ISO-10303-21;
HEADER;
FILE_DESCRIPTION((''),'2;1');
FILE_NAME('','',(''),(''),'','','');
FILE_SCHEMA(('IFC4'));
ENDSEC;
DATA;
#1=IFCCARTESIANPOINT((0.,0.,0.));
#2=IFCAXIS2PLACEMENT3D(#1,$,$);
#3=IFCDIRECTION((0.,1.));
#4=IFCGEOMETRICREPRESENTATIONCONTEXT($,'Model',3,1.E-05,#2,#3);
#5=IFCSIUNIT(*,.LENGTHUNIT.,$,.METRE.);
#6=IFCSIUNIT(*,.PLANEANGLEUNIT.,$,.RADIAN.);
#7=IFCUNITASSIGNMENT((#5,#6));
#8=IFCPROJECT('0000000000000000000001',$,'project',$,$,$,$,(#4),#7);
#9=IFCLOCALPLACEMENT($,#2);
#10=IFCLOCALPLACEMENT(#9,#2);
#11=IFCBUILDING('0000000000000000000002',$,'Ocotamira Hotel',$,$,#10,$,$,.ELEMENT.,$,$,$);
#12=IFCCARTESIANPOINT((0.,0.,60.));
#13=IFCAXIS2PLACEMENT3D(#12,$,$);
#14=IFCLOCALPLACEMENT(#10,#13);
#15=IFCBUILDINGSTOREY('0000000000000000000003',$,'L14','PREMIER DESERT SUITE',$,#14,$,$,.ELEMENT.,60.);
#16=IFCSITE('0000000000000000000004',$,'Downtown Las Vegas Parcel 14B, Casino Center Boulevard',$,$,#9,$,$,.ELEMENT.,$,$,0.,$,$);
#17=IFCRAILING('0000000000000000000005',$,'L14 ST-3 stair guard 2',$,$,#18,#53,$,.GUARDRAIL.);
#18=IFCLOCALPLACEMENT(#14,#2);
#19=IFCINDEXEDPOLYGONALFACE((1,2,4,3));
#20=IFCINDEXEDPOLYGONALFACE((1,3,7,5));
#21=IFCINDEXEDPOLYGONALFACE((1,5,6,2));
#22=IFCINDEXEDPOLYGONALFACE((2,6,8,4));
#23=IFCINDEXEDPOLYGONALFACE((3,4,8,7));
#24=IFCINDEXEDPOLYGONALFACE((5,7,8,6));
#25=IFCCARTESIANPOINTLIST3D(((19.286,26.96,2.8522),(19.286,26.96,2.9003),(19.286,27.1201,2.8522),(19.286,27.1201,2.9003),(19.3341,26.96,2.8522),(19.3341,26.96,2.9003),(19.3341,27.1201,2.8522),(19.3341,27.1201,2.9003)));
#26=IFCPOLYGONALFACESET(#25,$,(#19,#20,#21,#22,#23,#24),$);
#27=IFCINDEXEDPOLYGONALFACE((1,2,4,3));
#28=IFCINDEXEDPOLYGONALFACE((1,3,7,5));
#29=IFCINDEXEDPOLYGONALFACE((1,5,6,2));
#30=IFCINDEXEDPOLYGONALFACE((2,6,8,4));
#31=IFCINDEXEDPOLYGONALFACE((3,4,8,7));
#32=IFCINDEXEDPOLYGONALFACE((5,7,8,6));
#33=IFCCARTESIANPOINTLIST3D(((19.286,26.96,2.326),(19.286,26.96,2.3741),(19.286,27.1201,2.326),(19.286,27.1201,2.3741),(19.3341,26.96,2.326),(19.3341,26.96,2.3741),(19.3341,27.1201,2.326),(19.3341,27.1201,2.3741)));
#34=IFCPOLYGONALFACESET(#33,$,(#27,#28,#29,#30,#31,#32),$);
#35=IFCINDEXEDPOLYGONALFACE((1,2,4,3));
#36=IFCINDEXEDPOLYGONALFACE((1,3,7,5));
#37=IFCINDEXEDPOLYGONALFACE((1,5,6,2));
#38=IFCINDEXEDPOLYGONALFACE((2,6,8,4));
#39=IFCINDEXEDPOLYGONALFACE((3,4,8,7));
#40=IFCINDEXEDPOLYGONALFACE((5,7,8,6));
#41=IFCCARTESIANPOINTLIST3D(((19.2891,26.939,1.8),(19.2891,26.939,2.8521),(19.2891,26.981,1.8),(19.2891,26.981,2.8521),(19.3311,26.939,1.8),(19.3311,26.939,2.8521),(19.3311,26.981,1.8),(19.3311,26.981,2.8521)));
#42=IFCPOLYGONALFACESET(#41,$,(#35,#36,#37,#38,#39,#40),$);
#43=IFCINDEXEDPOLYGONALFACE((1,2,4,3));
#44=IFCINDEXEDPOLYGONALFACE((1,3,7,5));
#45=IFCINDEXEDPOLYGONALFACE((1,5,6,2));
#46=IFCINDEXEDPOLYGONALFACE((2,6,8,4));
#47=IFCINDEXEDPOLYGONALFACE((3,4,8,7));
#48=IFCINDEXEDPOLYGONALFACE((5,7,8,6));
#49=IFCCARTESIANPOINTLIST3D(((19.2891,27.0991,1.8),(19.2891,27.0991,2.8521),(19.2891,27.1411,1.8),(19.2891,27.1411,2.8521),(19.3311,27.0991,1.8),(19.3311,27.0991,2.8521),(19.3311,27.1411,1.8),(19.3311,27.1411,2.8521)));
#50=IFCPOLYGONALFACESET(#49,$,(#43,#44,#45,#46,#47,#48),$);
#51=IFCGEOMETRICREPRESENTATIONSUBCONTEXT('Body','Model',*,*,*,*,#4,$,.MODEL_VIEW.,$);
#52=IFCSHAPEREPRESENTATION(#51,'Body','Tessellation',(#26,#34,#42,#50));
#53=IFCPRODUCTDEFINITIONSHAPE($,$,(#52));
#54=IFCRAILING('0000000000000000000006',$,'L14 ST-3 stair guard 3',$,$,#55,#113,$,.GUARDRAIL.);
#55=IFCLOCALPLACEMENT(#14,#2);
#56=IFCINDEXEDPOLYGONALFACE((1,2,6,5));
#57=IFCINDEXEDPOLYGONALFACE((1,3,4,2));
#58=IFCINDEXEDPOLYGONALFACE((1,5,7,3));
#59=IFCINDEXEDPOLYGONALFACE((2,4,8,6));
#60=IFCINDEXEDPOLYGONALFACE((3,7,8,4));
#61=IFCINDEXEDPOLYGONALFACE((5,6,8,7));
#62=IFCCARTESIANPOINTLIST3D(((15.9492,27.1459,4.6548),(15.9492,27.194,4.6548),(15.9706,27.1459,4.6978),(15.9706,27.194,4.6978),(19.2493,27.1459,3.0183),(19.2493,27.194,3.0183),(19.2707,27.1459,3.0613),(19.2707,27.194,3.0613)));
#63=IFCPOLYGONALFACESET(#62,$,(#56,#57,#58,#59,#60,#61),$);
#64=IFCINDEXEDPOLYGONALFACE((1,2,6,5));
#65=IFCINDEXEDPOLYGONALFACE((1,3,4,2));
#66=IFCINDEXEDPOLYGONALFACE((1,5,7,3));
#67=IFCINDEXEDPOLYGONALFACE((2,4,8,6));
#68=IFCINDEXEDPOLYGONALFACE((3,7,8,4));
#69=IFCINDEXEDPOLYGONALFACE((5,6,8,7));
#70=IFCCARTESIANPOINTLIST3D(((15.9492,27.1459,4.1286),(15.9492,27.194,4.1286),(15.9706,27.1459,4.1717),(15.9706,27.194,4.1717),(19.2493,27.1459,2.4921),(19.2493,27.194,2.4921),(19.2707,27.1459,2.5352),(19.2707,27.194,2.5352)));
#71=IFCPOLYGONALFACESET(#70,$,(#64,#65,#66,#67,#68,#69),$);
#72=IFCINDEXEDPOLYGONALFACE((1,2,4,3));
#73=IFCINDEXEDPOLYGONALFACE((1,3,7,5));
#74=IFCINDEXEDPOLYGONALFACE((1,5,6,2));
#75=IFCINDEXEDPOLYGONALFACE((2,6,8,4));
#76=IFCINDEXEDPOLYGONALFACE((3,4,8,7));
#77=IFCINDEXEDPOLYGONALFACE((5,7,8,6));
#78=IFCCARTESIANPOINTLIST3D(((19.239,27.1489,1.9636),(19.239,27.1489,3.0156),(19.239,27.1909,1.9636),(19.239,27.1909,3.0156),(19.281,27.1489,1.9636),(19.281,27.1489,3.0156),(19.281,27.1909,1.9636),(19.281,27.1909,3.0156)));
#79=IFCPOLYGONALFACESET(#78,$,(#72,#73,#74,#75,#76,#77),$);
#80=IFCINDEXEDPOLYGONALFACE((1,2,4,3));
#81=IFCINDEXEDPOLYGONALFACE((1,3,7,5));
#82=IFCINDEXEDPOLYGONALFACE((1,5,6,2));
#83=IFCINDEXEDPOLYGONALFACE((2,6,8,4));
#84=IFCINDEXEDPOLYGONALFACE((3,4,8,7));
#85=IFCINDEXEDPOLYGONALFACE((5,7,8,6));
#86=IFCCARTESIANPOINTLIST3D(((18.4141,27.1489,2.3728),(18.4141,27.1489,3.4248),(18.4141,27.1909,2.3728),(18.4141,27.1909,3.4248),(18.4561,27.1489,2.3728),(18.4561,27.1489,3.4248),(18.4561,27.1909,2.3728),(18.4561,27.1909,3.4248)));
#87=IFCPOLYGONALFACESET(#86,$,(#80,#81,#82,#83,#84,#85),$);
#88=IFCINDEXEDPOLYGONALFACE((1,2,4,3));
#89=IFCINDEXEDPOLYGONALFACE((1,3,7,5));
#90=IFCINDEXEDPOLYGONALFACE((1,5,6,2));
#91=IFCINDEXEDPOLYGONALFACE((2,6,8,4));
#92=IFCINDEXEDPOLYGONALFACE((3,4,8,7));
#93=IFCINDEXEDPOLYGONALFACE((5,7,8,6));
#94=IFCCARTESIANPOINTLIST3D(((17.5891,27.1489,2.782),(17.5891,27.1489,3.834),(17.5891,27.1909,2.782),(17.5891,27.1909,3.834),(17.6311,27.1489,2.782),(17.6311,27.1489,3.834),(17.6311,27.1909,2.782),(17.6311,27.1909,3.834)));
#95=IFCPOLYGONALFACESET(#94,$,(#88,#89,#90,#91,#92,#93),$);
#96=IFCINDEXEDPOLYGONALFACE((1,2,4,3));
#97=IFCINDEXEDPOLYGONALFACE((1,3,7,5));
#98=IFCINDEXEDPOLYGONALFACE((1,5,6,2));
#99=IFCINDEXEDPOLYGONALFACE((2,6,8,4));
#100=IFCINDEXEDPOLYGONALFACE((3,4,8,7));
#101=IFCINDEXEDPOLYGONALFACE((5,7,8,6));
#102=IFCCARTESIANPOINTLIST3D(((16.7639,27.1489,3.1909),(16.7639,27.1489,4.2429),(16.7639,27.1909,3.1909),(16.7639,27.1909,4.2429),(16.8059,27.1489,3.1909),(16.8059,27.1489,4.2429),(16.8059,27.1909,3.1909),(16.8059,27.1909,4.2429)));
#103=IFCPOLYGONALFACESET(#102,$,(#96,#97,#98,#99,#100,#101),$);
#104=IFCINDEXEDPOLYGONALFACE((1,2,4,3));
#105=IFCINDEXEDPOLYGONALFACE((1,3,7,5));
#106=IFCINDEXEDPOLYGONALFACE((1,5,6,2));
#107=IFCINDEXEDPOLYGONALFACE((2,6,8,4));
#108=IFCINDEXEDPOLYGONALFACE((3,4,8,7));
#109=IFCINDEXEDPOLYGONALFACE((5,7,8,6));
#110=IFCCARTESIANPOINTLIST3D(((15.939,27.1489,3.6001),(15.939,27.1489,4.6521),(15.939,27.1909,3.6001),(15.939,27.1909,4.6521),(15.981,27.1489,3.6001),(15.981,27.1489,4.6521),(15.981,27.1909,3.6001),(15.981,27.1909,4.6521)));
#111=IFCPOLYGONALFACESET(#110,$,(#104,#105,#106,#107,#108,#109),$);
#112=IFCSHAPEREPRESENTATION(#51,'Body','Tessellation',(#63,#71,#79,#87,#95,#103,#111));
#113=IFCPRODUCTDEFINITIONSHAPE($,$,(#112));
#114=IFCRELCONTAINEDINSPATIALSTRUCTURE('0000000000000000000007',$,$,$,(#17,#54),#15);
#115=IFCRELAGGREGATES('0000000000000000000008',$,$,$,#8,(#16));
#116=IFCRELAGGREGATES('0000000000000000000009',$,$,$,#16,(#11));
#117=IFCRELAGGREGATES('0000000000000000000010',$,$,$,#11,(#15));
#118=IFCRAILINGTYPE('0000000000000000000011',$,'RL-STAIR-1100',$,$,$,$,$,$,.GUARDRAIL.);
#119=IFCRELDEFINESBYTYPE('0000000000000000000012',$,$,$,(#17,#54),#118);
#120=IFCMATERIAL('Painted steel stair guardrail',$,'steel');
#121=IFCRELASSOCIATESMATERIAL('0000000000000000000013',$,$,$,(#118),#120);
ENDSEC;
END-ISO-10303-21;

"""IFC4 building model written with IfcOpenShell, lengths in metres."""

from ifc_helpers import new_model, si_unit, direction, frame, origin, origin_2d, place, context, subcontext, project, spatial, rectangle, extrude, material, type_object, element, save


model = new_model("IFC4")

# Units and contexts
model_context = context("Model", 3, precision=1e-05, world=origin(), true_north=direction((0.0, 1.0)))
body_context = subcontext(model_context, "Body", "Model", "MODEL_VIEW")
ifc_project = project(units=[si_unit("LENGTHUNIT", "METRE"), si_unit("PLANEANGLEUNIT", "RADIAN")], contexts=[model_context])

# Site, building, storey
site_placement = place(None, origin())
site = spatial("IfcSite", under=ifc_project, at=site_placement, Name="Downtown Las Vegas Parcel 14B, Casino Center Boulevard", CompositionType="ELEMENT", RefElevation=0.0)
building_placement = place(site_placement, origin())
building = spatial("IfcBuilding", under=site, at=building_placement, Name="Ocotamira Hotel", CompositionType="ELEMENT")
storey_placement = place(building_placement, frame((0.0, 0.0, 60.0)))
storey = spatial("IfcBuildingStorey", under=building, at=storey_placement, Name="L14", Description="PREMIER DESERT SUITE", CompositionType="ELEMENT", Elevation=60.0)

# Railings
ifc_material_1 = material(Name="Painted steel stair guardrail", Category="steel")
railing_type_1 = type_object("IfcRailingType", Name="RL-STAIR-1100", PredefinedType="GUARDRAIL", material=ifc_material_1)
railing_1_placement = place(storey_placement, frame((19.3101, 26.96, 1.8)))
element("IfcRailing", 1, at=railing_1_placement, inside=storey, type_object=railing_type_1, Name="L14 ST-3 stair guard 2", PredefinedType="GUARDRAIL", context=body_context, shape_type="SweptSolid", body=[
    extrude(rectangle(XDim=0.0481, YDim=0.0481, at=origin_2d()), frame((0.0, 0.0, 1.0762), z_axis=(0.0, 1.0, 0.0), x_axis=(-1.0, 0.0, 0.0)), (0.0, 0.0, 1.0), 0.1602),
    extrude(rectangle(XDim=0.0481, YDim=0.0481, at=origin_2d()), frame((0.0, 0.0, 0.55), z_axis=(0.0, 1.0, 0.0), x_axis=(-1.0, 0.0, 0.0)), (0.0, 0.0, 1.0), 0.1602),
    extrude(rectangle(XDim=0.042, YDim=0.042, at=origin_2d()), origin(), (0.0, 0.0, 1.0), 1.052),
    extrude(rectangle(XDim=0.042, YDim=0.042, at=origin_2d()), frame((0.0, 0.1602, 0.0)), (0.0, 0.0, 1.0), 1.052),
])
railing_2_placement = place(storey_placement, frame((19.26, 27.1699, 1.9636)))
element("IfcRailing", 2, at=railing_2_placement, inside=storey, type_object=railing_type_1, Name="L14 ST-3 stair guard 3", PredefinedType="GUARDRAIL", context=body_context, shape_type="SweptSolid", body=[
    extrude(rectangle(XDim=0.0481, YDim=0.0481, at=origin_2d()), frame((0.0, 0.0, 1.0762), z_axis=(-0.895894, 0.0, 0.444268), x_axis=(0.0, -1.0, 0.0)), (0.0, 0.0, 1.0), 3.6836),
    extrude(rectangle(XDim=0.0481, YDim=0.0481, at=origin_2d()), frame((0.0, 0.0, 0.55), z_axis=(-0.895894, 0.0, 0.444268), x_axis=(0.0, -1.0, 0.0)), (0.0, 0.0, 1.0), 3.6836),
    extrude(rectangle(XDim=0.042, YDim=0.042, at=origin_2d()), origin(), (0.0, 0.0, 1.0), 1.052),
    extrude(rectangle(XDim=0.042, YDim=0.042, at=origin_2d()), frame((-0.825, 0.0, 0.4092)), (0.0, 0.0, 1.0), 1.052),
    extrude(rectangle(XDim=0.042, YDim=0.042, at=origin_2d()), frame((-1.6499, 0.0, 0.8184)), (0.0, 0.0, 1.0), 1.052),
    extrude(rectangle(XDim=0.042, YDim=0.042, at=origin_2d()), frame((-2.4751, 0.0, 1.2273)), (0.0, 0.0, 1.0), 1.052),
    extrude(rectangle(XDim=0.042, YDim=0.042, at=origin_2d()), frame((-3.3, 0.0, 1.6365)), (0.0, 0.0, 1.0), 1.052),
])

save(model, "model.ifc")
